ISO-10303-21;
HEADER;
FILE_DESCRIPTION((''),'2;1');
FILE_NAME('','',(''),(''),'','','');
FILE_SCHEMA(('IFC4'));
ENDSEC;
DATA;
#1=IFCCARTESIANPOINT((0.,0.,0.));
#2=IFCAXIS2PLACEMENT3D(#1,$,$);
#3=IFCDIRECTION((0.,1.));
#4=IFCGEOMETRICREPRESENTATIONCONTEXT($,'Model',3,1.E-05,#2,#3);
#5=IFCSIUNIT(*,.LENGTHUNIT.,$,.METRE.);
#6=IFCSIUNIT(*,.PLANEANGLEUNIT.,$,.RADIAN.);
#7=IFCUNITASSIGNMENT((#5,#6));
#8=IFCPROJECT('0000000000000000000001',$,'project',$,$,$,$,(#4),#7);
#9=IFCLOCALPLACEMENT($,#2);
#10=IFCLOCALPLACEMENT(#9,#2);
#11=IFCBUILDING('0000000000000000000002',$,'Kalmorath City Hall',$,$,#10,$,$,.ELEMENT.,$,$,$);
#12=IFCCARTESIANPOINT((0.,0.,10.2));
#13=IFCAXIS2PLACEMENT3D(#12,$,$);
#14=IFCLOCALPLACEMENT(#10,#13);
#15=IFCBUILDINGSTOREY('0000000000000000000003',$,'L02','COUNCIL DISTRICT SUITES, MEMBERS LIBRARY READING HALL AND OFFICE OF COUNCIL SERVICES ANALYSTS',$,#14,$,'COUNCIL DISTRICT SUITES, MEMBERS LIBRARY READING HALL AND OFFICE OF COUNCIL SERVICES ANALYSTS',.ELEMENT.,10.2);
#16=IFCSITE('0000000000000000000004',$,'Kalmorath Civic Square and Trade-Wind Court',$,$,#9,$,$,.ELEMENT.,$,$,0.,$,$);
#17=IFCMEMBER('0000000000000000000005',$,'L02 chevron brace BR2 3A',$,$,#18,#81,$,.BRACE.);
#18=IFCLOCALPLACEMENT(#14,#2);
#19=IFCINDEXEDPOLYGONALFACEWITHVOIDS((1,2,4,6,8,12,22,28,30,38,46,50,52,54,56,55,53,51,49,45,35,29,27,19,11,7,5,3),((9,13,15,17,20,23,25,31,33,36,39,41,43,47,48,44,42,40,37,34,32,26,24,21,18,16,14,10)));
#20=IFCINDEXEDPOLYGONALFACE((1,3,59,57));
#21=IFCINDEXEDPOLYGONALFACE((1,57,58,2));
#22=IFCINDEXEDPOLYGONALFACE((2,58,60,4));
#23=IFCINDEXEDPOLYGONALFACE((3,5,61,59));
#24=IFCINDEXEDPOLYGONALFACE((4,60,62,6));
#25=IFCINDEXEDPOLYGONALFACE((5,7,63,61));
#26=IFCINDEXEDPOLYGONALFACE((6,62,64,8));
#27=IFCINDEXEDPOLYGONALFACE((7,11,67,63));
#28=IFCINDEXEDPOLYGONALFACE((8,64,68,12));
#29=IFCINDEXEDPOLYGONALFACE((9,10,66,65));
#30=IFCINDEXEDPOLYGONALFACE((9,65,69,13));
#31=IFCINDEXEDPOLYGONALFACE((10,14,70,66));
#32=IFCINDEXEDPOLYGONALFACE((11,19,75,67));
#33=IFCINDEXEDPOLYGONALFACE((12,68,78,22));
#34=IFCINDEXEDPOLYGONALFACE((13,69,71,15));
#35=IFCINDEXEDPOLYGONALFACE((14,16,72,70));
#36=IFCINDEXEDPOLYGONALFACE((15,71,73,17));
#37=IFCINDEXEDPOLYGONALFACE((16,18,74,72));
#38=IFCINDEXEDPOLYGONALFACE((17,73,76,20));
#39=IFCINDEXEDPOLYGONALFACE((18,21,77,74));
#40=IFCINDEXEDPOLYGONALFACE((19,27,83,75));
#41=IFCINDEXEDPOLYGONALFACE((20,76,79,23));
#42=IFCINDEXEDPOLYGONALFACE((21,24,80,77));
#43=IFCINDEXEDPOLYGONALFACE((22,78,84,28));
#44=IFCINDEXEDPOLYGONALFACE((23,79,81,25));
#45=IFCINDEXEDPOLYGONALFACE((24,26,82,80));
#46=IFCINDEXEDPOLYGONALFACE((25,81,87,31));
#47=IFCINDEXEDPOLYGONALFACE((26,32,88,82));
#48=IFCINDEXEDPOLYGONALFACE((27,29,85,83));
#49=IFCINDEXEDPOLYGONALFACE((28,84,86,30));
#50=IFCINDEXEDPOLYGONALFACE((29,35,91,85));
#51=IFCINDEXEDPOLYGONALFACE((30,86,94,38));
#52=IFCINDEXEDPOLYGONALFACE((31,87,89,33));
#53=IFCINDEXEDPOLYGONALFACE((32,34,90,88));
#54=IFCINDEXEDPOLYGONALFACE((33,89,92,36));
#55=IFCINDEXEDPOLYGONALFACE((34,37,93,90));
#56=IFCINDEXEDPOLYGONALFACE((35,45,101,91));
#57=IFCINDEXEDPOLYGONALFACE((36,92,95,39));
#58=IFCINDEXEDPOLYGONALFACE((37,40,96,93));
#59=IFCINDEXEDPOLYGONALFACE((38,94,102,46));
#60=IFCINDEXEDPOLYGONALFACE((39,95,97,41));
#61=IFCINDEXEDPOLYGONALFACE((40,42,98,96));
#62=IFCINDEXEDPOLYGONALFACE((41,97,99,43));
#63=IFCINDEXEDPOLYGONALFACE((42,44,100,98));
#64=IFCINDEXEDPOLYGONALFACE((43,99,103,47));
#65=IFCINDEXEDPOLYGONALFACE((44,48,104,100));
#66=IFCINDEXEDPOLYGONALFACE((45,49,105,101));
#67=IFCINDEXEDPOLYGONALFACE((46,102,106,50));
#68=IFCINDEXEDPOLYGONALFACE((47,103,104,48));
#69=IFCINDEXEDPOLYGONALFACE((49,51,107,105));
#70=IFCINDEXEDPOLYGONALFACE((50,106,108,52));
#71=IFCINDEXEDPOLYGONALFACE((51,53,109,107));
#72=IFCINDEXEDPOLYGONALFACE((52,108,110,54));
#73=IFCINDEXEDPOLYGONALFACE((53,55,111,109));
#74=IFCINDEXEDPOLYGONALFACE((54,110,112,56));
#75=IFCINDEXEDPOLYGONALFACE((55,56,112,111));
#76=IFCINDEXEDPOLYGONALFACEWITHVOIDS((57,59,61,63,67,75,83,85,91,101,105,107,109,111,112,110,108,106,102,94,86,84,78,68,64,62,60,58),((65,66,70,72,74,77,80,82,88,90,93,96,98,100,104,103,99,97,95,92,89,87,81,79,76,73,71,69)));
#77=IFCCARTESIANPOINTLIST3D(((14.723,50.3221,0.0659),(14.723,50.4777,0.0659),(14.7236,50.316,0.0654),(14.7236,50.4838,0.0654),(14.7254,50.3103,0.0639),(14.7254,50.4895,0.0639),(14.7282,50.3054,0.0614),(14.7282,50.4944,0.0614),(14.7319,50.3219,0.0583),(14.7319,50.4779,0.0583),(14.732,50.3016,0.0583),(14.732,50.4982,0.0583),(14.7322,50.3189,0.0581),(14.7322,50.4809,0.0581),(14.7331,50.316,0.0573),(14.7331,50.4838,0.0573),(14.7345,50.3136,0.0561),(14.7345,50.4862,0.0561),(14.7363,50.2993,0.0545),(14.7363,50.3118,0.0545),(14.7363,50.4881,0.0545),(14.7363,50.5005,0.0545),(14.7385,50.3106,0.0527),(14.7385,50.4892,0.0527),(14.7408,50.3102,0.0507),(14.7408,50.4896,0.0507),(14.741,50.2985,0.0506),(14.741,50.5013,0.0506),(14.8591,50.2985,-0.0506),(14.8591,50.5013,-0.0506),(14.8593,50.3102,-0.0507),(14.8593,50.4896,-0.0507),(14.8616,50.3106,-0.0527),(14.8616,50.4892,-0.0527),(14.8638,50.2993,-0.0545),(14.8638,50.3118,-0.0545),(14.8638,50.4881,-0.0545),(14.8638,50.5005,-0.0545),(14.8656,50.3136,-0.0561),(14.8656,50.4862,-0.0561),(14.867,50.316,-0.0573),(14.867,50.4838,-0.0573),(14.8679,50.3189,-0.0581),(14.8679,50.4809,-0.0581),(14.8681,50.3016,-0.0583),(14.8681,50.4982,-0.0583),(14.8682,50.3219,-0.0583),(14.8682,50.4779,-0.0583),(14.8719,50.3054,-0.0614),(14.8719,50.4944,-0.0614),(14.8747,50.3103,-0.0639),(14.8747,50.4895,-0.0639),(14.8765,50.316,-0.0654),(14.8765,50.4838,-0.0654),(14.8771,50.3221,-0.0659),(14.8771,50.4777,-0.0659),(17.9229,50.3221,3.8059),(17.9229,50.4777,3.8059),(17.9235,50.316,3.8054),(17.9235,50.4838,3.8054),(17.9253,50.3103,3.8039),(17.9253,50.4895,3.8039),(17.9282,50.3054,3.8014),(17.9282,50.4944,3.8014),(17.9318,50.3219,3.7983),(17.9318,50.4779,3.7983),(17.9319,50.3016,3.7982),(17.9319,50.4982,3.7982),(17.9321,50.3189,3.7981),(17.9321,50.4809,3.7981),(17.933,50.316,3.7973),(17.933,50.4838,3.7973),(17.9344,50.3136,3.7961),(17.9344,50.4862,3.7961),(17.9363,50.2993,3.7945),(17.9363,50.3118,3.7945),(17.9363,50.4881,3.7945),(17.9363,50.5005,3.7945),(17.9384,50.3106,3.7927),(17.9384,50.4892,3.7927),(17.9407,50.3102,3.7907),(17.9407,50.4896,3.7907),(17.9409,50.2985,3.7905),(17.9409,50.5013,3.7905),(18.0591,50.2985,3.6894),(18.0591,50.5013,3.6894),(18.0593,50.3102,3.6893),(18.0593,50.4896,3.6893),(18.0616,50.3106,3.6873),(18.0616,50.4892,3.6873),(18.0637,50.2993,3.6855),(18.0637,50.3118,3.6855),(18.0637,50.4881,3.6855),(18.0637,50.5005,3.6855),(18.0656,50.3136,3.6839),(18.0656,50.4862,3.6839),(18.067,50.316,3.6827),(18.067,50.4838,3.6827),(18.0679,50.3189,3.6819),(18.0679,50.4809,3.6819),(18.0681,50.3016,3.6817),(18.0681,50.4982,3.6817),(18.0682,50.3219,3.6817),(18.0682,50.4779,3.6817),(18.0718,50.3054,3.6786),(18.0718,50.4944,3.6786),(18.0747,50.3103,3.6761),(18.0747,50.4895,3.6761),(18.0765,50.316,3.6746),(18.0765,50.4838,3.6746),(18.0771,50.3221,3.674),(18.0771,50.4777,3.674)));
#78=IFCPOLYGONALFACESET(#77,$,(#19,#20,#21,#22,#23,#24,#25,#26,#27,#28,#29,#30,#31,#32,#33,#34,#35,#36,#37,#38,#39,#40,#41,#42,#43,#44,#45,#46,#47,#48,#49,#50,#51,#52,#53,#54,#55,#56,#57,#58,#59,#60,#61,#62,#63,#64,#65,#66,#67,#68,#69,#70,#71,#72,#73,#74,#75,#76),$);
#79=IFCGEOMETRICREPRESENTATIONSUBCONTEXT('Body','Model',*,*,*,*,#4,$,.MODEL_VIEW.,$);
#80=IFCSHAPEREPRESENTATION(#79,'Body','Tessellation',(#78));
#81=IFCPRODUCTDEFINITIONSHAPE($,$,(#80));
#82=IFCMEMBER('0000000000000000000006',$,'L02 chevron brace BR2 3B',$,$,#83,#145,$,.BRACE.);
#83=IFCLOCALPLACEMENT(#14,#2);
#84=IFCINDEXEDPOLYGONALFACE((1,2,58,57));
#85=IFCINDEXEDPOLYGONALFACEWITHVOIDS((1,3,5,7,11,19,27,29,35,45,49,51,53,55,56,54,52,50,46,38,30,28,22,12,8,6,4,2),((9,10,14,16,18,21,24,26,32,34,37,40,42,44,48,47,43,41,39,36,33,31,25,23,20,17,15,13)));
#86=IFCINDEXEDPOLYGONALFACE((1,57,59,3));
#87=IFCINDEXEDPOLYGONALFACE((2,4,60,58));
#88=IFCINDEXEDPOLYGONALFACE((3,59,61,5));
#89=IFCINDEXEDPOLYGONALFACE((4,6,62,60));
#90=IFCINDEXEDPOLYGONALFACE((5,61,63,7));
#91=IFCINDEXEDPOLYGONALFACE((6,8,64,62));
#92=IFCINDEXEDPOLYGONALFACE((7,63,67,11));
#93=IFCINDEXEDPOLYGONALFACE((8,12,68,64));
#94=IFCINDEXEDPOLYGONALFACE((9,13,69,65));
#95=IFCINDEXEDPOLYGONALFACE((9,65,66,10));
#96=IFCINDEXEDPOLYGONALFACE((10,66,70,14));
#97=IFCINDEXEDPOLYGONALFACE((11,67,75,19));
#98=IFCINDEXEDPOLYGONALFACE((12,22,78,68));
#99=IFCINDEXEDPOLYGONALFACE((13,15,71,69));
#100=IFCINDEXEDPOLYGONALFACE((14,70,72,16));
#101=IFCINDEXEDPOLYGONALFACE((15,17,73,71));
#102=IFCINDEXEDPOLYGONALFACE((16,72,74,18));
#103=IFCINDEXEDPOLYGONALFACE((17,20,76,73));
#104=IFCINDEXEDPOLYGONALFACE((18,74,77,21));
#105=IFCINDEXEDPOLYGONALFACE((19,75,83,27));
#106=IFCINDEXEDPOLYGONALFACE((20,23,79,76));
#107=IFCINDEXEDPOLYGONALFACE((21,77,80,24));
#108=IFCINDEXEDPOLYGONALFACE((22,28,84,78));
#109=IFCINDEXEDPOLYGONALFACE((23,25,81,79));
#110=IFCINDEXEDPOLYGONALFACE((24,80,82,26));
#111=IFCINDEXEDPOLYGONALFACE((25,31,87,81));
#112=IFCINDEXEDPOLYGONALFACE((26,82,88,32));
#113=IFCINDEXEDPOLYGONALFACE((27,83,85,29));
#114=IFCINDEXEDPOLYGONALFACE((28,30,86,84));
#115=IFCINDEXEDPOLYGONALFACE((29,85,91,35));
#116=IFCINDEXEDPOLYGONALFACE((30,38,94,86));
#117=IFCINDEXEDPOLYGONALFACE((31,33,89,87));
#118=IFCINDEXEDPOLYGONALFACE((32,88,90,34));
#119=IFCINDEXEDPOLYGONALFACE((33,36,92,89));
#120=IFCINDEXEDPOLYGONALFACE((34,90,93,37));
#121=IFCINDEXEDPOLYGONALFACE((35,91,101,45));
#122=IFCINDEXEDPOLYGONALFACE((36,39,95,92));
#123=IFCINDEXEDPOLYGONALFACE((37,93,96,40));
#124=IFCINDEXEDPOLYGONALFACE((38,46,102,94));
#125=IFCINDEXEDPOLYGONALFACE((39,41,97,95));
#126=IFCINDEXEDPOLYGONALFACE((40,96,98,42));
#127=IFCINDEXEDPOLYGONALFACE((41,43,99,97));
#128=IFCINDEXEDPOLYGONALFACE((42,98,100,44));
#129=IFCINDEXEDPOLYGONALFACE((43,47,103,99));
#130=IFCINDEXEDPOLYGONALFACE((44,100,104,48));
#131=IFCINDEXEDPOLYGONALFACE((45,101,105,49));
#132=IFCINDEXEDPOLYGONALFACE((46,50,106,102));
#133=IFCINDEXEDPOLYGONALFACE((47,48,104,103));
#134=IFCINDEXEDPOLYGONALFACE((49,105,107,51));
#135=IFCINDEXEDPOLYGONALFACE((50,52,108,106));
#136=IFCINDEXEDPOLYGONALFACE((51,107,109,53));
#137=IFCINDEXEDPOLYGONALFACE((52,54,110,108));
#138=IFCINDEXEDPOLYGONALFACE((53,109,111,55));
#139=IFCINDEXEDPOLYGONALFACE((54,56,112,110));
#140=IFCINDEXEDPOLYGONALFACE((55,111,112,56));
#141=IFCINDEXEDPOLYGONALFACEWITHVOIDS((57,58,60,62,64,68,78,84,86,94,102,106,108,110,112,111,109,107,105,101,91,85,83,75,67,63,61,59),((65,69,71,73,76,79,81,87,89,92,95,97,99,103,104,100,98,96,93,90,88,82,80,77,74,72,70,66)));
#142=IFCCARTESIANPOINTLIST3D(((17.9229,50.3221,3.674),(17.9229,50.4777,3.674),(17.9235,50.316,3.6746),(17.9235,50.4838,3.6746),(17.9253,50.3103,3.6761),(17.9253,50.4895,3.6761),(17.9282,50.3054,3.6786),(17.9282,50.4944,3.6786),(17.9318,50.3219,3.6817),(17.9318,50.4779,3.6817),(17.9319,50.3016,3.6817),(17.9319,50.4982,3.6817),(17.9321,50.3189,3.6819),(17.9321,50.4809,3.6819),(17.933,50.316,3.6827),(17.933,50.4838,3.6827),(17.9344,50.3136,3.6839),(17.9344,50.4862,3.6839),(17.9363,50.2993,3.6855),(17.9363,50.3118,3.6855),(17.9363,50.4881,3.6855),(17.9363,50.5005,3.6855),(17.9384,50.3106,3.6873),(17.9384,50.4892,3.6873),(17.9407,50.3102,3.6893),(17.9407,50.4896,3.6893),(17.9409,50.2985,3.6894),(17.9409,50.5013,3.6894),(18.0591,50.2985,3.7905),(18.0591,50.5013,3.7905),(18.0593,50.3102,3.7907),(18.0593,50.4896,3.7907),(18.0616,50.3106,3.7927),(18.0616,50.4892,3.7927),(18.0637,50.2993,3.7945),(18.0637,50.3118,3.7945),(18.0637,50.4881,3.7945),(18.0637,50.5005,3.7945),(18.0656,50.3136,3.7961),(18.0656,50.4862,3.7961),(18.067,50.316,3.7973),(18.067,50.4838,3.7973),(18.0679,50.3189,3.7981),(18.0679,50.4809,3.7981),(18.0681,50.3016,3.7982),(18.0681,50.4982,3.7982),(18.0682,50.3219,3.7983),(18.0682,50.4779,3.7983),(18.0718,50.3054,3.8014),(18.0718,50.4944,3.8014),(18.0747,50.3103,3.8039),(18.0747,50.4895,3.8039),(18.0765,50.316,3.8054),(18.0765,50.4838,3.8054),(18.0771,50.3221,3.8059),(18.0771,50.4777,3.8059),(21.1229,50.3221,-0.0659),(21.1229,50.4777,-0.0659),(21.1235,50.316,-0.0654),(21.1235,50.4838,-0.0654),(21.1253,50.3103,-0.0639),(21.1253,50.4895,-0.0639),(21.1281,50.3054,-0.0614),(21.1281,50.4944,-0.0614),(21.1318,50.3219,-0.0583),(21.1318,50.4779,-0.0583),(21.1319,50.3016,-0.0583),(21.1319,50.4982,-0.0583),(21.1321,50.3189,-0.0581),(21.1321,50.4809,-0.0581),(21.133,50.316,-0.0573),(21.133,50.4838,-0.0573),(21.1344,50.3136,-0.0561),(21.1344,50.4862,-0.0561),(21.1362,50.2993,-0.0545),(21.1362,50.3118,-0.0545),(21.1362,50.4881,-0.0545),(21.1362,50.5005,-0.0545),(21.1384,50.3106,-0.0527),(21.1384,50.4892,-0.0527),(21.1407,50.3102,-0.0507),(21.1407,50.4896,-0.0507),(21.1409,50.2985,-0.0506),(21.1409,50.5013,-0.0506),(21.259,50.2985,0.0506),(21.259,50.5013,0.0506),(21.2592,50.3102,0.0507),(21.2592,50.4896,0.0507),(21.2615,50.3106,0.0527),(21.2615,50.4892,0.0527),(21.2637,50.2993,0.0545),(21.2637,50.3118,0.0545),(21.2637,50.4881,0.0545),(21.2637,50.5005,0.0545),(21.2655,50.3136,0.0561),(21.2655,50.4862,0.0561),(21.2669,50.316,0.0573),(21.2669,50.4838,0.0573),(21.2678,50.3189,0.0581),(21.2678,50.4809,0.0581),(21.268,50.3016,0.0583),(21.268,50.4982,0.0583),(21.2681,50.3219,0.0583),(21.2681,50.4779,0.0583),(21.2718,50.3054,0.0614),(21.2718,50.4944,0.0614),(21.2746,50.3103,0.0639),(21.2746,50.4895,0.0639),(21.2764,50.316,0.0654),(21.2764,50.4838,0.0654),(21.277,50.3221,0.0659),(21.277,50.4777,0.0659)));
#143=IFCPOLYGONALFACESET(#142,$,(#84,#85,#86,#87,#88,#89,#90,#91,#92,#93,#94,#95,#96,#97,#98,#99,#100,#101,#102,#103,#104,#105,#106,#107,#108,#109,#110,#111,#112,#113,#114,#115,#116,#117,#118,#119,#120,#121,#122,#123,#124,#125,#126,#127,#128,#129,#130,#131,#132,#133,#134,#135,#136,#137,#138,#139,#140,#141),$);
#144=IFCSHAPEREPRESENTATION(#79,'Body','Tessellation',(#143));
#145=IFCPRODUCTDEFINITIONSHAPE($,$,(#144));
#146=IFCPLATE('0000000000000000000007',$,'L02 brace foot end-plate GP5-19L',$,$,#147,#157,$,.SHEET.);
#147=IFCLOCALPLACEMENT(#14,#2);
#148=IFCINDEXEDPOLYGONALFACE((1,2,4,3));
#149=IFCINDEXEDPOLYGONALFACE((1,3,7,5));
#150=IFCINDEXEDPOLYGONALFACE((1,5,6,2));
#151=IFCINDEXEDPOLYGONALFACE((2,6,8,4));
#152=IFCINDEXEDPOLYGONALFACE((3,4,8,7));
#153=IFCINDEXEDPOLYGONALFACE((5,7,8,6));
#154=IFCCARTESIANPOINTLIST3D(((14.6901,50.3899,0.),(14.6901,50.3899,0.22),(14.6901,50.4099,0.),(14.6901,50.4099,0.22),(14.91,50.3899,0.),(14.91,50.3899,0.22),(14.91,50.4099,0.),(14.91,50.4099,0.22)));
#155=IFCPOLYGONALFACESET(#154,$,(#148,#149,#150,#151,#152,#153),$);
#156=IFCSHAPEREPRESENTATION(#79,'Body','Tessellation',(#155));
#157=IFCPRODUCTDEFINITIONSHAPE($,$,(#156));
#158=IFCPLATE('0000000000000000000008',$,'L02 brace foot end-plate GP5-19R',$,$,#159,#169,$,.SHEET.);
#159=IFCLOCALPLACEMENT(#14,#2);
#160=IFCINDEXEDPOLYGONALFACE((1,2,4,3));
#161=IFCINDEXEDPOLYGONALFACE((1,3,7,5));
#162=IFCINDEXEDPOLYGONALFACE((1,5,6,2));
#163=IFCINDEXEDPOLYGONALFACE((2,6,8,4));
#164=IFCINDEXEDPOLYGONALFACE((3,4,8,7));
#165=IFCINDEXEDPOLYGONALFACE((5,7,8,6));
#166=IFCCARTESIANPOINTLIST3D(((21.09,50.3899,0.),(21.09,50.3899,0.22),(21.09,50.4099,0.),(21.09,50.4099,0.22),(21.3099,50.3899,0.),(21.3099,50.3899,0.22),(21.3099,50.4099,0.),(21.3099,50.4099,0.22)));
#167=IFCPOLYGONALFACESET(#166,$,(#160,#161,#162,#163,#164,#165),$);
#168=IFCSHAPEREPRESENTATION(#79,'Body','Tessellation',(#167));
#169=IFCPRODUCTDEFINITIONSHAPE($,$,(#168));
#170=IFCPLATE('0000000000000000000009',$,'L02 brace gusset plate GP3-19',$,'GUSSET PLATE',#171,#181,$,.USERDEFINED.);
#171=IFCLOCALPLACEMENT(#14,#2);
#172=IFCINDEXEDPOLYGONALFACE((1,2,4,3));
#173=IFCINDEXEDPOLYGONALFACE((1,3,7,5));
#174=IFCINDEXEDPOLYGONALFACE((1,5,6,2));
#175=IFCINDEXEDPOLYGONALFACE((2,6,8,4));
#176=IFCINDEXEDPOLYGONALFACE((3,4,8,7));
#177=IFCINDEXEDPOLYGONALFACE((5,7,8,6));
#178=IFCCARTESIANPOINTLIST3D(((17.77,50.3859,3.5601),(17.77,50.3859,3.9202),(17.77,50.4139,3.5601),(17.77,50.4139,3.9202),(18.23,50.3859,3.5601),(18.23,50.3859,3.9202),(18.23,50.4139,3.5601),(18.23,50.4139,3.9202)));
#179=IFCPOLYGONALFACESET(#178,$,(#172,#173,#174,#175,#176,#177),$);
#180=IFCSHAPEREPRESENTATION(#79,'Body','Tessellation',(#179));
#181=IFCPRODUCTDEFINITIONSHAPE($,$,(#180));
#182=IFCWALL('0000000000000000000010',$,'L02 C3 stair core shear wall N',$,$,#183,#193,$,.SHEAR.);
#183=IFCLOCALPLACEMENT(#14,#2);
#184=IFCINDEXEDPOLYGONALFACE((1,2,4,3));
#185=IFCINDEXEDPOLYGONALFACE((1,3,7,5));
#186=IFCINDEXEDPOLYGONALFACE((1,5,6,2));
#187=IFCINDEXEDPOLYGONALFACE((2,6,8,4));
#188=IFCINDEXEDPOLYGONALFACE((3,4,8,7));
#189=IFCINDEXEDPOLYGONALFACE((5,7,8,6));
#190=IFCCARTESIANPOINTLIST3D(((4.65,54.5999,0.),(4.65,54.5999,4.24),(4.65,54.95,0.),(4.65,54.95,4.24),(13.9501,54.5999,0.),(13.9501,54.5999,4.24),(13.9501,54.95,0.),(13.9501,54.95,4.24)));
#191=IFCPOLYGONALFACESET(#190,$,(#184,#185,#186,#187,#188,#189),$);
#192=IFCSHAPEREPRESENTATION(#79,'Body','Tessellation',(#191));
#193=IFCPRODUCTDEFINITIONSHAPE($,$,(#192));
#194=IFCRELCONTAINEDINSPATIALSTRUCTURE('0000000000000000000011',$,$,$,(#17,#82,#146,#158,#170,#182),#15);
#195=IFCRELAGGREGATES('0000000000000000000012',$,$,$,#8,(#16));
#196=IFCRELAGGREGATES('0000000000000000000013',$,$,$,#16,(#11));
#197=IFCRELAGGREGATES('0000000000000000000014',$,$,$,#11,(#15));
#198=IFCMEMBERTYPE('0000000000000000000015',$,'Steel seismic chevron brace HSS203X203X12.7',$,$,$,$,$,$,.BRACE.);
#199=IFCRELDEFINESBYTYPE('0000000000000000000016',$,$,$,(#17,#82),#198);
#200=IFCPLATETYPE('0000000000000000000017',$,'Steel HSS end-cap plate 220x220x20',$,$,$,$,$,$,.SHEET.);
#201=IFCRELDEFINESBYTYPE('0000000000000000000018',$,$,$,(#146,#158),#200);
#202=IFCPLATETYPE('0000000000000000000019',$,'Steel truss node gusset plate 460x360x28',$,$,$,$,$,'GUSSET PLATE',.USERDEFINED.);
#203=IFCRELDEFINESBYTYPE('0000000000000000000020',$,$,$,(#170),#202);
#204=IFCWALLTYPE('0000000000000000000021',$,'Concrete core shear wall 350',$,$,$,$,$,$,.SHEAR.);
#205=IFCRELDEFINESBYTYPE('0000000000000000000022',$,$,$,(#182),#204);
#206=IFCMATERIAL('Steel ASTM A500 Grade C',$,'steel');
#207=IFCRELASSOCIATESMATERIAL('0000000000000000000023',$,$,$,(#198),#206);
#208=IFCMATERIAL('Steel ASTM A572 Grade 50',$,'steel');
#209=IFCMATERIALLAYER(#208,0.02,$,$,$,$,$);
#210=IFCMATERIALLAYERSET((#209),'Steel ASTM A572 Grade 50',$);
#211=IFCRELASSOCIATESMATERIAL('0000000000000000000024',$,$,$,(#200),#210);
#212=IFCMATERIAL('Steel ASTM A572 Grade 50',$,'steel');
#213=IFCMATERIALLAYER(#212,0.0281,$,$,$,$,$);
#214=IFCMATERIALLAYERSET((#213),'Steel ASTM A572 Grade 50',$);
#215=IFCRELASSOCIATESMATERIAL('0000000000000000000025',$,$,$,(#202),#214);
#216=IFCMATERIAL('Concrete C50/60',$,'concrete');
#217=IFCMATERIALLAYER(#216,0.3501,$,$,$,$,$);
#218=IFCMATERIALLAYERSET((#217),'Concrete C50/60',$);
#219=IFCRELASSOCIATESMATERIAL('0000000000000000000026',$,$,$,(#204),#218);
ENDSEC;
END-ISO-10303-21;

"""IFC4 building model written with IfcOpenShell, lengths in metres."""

from ifc_helpers import new_model, si_unit, direction, frame, frame_2d, origin, origin_2d, place, context, subcontext, project, spatial, rectangle, hollow_rectangle, extrude, material, layer, layer_set, material_profile, profile_set, type_object, element, save


model = new_model("IFC4")

# Units and contexts
model_context = context("Model", 3, precision=1e-05, world=origin(), true_north=direction((0.0, 1.0)))
body_context = subcontext(model_context, "Body", "Model", "MODEL_VIEW")
ifc_project = project(units=[si_unit("LENGTHUNIT", "METRE"), si_unit("PLANEANGLEUNIT", "RADIAN")], contexts=[model_context])

# Site, building, storey
site_placement = place(None, origin())
site = spatial("IfcSite", under=ifc_project, at=site_placement, Name="Kalmorath Civic Square and Trade-Wind Court", CompositionType="ELEMENT", RefElevation=0.0)
building_placement = place(site_placement, origin())
building = spatial("IfcBuilding", under=site, at=building_placement, Name="Kalmorath City Hall", CompositionType="ELEMENT")
storey_placement = place(building_placement, frame((0.0, 0.0, 10.2)))
storey = spatial("IfcBuildingStorey", under=building, at=storey_placement, Name="L02", Description="COUNCIL DISTRICT SUITES, MEMBERS LIBRARY READING HALL AND OFFICE OF COUNCIL SERVICES ANALYSTS", LongName="COUNCIL DISTRICT SUITES, MEMBERS LIBRARY READING HALL AND OFFICE OF COUNCIL SERVICES ANALYSTS", CompositionType="ELEMENT", Elevation=10.2)

# Members
ifc_material_1 = material(Name="Steel ASTM A500 Grade C", Category="steel")
ifc_material_profile_1 = material_profile(ifc_material_1, hollow_rectangle(XDim=0.2029, YDim=0.2029, WallThickness=0.0117, InnerFilletRadius=0.0117, OuterFilletRadius=0.0237, at=origin_2d()), Name="HSS203X203X12.7")
ifc_profile_set_1 = profile_set([ifc_material_profile_1], Name="Steel ASTM A500 Grade C")
member_type = type_object("IfcMemberType", Name="Steel seismic chevron brace HSS203X203X12.7", PredefinedType="BRACE", material=ifc_profile_set_1)
for number, where, z_axis, x_axis, name in (
    (1, (14.8, 50.3999, 0.0), (0.650117, 0.0, 0.759834), (0.0, 1.0, 0.0), "L02 chevron brace BR2 3A"),
    (2, (21.2, 50.3999, 0.0), (-0.650117, 0.0, 0.759834), (0.0, -1.0, 0.0), "L02 chevron brace BR2 3B"),
):
    element("IfcMember", number, at=place(storey_placement, frame(where, z_axis=z_axis, x_axis=x_axis)), inside=storey, type_object=member_type, Name=name, PredefinedType="BRACE", context=body_context, shape_type="SweptSolid", body=[
        extrude(hollow_rectangle(XDim=0.2029, YDim=0.2029, WallThickness=0.0117, InnerFilletRadius=0.0117, OuterFilletRadius=0.0237, at=origin_2d()), origin(), (0.0, 0.0, 1.0), 4.9221),
    ])

# Plates
ifc_material_2 = material(Name="Steel ASTM A572 Grade 50", Category="steel")
ifc_layer_1 = layer(ifc_material_2, 0.02)
ifc_layer_set_1 = layer_set([ifc_layer_1], Name="Steel ASTM A572 Grade 50")
plate_type_1 = type_object("IfcPlateType", Name="Steel HSS end-cap plate 220x220x20", PredefinedType="SHEET", material=ifc_layer_set_1)
for number, where, z_axis, x_axis, name in (
    (3, (14.8, 50.3999, 0.0), (0.0, 0.0, 1.0), (1.0, 0.0, 0.0), "L02 brace foot end-plate GP5-19L"),
    (4, (21.2, 50.3999, 0.0), (0.0, 0.0, 1.0), (1.0, 0.0, 0.0), "L02 brace foot end-plate GP5-19R"),
):
    element("IfcPlate", number, at=place(storey_placement, frame(where, z_axis=z_axis, x_axis=x_axis)), inside=storey, type_object=plate_type_1, Name=name, PredefinedType="SHEET", context=body_context, shape_type="SweptSolid", body=[
        extrude(rectangle(XDim=0.22, YDim=0.02, at=origin_2d()), origin(), (0.0, 0.0, 1.0), 0.22),
    ])
ifc_material_3 = material(Name="Steel ASTM A572 Grade 50", Category="steel")
ifc_layer_2 = layer(ifc_material_3, 0.0281)
ifc_layer_set_2 = layer_set([ifc_layer_2], Name="Steel ASTM A572 Grade 50")
plate_type_2 = type_object("IfcPlateType", Name="Steel truss node gusset plate 460x360x28", ElementType="GUSSET PLATE", PredefinedType="USERDEFINED", material=ifc_layer_set_2)
plate_placement = place(storey_placement, frame((18.0, 50.3999, 3.5601), z_axis=(0.0, 0.0, 1.0), x_axis=(1.0, 0.0, 0.0)))
element("IfcPlate", 5, at=plate_placement, inside=storey, type_object=plate_type_2, Name="L02 brace gusset plate GP3-19", ObjectType="GUSSET PLATE", PredefinedType="USERDEFINED", context=body_context, shape_type="SweptSolid", body=[
    extrude(rectangle(XDim=0.46, YDim=0.0281, at=origin_2d()), origin(), (0.0, 0.0, 1.0), 0.3601),
])

# Wall
ifc_material_4 = material(Name="Concrete C50/60", Category="concrete")
ifc_layer_3 = layer(ifc_material_4, 0.3501)
ifc_layer_set_3 = layer_set([ifc_layer_3], Name="Concrete C50/60")
wall_type_1 = type_object("IfcWallType", Name="Concrete core shear wall 350", PredefinedType="SHEAR", material=ifc_layer_set_3)
wall_1_placement = place(storey_placement, frame((13.95, 54.7749, 0.0), z_axis=(0.0, 0.0, 1.0), x_axis=(-1.0, 0.0, 0.0)))
element("IfcWall", 6, at=wall_1_placement, inside=storey, type_object=wall_type_1, Name="L02 C3 stair core shear wall N", PredefinedType="SHEAR", context=body_context, shape_type="SweptSolid", body=[
    extrude(rectangle(XDim=9.3, YDim=0.3501, at=frame_2d((4.6499, 0.0))), origin(), (0.0, 0.0, 1.0), 4.24),
])

save(model, "model.ifc")
